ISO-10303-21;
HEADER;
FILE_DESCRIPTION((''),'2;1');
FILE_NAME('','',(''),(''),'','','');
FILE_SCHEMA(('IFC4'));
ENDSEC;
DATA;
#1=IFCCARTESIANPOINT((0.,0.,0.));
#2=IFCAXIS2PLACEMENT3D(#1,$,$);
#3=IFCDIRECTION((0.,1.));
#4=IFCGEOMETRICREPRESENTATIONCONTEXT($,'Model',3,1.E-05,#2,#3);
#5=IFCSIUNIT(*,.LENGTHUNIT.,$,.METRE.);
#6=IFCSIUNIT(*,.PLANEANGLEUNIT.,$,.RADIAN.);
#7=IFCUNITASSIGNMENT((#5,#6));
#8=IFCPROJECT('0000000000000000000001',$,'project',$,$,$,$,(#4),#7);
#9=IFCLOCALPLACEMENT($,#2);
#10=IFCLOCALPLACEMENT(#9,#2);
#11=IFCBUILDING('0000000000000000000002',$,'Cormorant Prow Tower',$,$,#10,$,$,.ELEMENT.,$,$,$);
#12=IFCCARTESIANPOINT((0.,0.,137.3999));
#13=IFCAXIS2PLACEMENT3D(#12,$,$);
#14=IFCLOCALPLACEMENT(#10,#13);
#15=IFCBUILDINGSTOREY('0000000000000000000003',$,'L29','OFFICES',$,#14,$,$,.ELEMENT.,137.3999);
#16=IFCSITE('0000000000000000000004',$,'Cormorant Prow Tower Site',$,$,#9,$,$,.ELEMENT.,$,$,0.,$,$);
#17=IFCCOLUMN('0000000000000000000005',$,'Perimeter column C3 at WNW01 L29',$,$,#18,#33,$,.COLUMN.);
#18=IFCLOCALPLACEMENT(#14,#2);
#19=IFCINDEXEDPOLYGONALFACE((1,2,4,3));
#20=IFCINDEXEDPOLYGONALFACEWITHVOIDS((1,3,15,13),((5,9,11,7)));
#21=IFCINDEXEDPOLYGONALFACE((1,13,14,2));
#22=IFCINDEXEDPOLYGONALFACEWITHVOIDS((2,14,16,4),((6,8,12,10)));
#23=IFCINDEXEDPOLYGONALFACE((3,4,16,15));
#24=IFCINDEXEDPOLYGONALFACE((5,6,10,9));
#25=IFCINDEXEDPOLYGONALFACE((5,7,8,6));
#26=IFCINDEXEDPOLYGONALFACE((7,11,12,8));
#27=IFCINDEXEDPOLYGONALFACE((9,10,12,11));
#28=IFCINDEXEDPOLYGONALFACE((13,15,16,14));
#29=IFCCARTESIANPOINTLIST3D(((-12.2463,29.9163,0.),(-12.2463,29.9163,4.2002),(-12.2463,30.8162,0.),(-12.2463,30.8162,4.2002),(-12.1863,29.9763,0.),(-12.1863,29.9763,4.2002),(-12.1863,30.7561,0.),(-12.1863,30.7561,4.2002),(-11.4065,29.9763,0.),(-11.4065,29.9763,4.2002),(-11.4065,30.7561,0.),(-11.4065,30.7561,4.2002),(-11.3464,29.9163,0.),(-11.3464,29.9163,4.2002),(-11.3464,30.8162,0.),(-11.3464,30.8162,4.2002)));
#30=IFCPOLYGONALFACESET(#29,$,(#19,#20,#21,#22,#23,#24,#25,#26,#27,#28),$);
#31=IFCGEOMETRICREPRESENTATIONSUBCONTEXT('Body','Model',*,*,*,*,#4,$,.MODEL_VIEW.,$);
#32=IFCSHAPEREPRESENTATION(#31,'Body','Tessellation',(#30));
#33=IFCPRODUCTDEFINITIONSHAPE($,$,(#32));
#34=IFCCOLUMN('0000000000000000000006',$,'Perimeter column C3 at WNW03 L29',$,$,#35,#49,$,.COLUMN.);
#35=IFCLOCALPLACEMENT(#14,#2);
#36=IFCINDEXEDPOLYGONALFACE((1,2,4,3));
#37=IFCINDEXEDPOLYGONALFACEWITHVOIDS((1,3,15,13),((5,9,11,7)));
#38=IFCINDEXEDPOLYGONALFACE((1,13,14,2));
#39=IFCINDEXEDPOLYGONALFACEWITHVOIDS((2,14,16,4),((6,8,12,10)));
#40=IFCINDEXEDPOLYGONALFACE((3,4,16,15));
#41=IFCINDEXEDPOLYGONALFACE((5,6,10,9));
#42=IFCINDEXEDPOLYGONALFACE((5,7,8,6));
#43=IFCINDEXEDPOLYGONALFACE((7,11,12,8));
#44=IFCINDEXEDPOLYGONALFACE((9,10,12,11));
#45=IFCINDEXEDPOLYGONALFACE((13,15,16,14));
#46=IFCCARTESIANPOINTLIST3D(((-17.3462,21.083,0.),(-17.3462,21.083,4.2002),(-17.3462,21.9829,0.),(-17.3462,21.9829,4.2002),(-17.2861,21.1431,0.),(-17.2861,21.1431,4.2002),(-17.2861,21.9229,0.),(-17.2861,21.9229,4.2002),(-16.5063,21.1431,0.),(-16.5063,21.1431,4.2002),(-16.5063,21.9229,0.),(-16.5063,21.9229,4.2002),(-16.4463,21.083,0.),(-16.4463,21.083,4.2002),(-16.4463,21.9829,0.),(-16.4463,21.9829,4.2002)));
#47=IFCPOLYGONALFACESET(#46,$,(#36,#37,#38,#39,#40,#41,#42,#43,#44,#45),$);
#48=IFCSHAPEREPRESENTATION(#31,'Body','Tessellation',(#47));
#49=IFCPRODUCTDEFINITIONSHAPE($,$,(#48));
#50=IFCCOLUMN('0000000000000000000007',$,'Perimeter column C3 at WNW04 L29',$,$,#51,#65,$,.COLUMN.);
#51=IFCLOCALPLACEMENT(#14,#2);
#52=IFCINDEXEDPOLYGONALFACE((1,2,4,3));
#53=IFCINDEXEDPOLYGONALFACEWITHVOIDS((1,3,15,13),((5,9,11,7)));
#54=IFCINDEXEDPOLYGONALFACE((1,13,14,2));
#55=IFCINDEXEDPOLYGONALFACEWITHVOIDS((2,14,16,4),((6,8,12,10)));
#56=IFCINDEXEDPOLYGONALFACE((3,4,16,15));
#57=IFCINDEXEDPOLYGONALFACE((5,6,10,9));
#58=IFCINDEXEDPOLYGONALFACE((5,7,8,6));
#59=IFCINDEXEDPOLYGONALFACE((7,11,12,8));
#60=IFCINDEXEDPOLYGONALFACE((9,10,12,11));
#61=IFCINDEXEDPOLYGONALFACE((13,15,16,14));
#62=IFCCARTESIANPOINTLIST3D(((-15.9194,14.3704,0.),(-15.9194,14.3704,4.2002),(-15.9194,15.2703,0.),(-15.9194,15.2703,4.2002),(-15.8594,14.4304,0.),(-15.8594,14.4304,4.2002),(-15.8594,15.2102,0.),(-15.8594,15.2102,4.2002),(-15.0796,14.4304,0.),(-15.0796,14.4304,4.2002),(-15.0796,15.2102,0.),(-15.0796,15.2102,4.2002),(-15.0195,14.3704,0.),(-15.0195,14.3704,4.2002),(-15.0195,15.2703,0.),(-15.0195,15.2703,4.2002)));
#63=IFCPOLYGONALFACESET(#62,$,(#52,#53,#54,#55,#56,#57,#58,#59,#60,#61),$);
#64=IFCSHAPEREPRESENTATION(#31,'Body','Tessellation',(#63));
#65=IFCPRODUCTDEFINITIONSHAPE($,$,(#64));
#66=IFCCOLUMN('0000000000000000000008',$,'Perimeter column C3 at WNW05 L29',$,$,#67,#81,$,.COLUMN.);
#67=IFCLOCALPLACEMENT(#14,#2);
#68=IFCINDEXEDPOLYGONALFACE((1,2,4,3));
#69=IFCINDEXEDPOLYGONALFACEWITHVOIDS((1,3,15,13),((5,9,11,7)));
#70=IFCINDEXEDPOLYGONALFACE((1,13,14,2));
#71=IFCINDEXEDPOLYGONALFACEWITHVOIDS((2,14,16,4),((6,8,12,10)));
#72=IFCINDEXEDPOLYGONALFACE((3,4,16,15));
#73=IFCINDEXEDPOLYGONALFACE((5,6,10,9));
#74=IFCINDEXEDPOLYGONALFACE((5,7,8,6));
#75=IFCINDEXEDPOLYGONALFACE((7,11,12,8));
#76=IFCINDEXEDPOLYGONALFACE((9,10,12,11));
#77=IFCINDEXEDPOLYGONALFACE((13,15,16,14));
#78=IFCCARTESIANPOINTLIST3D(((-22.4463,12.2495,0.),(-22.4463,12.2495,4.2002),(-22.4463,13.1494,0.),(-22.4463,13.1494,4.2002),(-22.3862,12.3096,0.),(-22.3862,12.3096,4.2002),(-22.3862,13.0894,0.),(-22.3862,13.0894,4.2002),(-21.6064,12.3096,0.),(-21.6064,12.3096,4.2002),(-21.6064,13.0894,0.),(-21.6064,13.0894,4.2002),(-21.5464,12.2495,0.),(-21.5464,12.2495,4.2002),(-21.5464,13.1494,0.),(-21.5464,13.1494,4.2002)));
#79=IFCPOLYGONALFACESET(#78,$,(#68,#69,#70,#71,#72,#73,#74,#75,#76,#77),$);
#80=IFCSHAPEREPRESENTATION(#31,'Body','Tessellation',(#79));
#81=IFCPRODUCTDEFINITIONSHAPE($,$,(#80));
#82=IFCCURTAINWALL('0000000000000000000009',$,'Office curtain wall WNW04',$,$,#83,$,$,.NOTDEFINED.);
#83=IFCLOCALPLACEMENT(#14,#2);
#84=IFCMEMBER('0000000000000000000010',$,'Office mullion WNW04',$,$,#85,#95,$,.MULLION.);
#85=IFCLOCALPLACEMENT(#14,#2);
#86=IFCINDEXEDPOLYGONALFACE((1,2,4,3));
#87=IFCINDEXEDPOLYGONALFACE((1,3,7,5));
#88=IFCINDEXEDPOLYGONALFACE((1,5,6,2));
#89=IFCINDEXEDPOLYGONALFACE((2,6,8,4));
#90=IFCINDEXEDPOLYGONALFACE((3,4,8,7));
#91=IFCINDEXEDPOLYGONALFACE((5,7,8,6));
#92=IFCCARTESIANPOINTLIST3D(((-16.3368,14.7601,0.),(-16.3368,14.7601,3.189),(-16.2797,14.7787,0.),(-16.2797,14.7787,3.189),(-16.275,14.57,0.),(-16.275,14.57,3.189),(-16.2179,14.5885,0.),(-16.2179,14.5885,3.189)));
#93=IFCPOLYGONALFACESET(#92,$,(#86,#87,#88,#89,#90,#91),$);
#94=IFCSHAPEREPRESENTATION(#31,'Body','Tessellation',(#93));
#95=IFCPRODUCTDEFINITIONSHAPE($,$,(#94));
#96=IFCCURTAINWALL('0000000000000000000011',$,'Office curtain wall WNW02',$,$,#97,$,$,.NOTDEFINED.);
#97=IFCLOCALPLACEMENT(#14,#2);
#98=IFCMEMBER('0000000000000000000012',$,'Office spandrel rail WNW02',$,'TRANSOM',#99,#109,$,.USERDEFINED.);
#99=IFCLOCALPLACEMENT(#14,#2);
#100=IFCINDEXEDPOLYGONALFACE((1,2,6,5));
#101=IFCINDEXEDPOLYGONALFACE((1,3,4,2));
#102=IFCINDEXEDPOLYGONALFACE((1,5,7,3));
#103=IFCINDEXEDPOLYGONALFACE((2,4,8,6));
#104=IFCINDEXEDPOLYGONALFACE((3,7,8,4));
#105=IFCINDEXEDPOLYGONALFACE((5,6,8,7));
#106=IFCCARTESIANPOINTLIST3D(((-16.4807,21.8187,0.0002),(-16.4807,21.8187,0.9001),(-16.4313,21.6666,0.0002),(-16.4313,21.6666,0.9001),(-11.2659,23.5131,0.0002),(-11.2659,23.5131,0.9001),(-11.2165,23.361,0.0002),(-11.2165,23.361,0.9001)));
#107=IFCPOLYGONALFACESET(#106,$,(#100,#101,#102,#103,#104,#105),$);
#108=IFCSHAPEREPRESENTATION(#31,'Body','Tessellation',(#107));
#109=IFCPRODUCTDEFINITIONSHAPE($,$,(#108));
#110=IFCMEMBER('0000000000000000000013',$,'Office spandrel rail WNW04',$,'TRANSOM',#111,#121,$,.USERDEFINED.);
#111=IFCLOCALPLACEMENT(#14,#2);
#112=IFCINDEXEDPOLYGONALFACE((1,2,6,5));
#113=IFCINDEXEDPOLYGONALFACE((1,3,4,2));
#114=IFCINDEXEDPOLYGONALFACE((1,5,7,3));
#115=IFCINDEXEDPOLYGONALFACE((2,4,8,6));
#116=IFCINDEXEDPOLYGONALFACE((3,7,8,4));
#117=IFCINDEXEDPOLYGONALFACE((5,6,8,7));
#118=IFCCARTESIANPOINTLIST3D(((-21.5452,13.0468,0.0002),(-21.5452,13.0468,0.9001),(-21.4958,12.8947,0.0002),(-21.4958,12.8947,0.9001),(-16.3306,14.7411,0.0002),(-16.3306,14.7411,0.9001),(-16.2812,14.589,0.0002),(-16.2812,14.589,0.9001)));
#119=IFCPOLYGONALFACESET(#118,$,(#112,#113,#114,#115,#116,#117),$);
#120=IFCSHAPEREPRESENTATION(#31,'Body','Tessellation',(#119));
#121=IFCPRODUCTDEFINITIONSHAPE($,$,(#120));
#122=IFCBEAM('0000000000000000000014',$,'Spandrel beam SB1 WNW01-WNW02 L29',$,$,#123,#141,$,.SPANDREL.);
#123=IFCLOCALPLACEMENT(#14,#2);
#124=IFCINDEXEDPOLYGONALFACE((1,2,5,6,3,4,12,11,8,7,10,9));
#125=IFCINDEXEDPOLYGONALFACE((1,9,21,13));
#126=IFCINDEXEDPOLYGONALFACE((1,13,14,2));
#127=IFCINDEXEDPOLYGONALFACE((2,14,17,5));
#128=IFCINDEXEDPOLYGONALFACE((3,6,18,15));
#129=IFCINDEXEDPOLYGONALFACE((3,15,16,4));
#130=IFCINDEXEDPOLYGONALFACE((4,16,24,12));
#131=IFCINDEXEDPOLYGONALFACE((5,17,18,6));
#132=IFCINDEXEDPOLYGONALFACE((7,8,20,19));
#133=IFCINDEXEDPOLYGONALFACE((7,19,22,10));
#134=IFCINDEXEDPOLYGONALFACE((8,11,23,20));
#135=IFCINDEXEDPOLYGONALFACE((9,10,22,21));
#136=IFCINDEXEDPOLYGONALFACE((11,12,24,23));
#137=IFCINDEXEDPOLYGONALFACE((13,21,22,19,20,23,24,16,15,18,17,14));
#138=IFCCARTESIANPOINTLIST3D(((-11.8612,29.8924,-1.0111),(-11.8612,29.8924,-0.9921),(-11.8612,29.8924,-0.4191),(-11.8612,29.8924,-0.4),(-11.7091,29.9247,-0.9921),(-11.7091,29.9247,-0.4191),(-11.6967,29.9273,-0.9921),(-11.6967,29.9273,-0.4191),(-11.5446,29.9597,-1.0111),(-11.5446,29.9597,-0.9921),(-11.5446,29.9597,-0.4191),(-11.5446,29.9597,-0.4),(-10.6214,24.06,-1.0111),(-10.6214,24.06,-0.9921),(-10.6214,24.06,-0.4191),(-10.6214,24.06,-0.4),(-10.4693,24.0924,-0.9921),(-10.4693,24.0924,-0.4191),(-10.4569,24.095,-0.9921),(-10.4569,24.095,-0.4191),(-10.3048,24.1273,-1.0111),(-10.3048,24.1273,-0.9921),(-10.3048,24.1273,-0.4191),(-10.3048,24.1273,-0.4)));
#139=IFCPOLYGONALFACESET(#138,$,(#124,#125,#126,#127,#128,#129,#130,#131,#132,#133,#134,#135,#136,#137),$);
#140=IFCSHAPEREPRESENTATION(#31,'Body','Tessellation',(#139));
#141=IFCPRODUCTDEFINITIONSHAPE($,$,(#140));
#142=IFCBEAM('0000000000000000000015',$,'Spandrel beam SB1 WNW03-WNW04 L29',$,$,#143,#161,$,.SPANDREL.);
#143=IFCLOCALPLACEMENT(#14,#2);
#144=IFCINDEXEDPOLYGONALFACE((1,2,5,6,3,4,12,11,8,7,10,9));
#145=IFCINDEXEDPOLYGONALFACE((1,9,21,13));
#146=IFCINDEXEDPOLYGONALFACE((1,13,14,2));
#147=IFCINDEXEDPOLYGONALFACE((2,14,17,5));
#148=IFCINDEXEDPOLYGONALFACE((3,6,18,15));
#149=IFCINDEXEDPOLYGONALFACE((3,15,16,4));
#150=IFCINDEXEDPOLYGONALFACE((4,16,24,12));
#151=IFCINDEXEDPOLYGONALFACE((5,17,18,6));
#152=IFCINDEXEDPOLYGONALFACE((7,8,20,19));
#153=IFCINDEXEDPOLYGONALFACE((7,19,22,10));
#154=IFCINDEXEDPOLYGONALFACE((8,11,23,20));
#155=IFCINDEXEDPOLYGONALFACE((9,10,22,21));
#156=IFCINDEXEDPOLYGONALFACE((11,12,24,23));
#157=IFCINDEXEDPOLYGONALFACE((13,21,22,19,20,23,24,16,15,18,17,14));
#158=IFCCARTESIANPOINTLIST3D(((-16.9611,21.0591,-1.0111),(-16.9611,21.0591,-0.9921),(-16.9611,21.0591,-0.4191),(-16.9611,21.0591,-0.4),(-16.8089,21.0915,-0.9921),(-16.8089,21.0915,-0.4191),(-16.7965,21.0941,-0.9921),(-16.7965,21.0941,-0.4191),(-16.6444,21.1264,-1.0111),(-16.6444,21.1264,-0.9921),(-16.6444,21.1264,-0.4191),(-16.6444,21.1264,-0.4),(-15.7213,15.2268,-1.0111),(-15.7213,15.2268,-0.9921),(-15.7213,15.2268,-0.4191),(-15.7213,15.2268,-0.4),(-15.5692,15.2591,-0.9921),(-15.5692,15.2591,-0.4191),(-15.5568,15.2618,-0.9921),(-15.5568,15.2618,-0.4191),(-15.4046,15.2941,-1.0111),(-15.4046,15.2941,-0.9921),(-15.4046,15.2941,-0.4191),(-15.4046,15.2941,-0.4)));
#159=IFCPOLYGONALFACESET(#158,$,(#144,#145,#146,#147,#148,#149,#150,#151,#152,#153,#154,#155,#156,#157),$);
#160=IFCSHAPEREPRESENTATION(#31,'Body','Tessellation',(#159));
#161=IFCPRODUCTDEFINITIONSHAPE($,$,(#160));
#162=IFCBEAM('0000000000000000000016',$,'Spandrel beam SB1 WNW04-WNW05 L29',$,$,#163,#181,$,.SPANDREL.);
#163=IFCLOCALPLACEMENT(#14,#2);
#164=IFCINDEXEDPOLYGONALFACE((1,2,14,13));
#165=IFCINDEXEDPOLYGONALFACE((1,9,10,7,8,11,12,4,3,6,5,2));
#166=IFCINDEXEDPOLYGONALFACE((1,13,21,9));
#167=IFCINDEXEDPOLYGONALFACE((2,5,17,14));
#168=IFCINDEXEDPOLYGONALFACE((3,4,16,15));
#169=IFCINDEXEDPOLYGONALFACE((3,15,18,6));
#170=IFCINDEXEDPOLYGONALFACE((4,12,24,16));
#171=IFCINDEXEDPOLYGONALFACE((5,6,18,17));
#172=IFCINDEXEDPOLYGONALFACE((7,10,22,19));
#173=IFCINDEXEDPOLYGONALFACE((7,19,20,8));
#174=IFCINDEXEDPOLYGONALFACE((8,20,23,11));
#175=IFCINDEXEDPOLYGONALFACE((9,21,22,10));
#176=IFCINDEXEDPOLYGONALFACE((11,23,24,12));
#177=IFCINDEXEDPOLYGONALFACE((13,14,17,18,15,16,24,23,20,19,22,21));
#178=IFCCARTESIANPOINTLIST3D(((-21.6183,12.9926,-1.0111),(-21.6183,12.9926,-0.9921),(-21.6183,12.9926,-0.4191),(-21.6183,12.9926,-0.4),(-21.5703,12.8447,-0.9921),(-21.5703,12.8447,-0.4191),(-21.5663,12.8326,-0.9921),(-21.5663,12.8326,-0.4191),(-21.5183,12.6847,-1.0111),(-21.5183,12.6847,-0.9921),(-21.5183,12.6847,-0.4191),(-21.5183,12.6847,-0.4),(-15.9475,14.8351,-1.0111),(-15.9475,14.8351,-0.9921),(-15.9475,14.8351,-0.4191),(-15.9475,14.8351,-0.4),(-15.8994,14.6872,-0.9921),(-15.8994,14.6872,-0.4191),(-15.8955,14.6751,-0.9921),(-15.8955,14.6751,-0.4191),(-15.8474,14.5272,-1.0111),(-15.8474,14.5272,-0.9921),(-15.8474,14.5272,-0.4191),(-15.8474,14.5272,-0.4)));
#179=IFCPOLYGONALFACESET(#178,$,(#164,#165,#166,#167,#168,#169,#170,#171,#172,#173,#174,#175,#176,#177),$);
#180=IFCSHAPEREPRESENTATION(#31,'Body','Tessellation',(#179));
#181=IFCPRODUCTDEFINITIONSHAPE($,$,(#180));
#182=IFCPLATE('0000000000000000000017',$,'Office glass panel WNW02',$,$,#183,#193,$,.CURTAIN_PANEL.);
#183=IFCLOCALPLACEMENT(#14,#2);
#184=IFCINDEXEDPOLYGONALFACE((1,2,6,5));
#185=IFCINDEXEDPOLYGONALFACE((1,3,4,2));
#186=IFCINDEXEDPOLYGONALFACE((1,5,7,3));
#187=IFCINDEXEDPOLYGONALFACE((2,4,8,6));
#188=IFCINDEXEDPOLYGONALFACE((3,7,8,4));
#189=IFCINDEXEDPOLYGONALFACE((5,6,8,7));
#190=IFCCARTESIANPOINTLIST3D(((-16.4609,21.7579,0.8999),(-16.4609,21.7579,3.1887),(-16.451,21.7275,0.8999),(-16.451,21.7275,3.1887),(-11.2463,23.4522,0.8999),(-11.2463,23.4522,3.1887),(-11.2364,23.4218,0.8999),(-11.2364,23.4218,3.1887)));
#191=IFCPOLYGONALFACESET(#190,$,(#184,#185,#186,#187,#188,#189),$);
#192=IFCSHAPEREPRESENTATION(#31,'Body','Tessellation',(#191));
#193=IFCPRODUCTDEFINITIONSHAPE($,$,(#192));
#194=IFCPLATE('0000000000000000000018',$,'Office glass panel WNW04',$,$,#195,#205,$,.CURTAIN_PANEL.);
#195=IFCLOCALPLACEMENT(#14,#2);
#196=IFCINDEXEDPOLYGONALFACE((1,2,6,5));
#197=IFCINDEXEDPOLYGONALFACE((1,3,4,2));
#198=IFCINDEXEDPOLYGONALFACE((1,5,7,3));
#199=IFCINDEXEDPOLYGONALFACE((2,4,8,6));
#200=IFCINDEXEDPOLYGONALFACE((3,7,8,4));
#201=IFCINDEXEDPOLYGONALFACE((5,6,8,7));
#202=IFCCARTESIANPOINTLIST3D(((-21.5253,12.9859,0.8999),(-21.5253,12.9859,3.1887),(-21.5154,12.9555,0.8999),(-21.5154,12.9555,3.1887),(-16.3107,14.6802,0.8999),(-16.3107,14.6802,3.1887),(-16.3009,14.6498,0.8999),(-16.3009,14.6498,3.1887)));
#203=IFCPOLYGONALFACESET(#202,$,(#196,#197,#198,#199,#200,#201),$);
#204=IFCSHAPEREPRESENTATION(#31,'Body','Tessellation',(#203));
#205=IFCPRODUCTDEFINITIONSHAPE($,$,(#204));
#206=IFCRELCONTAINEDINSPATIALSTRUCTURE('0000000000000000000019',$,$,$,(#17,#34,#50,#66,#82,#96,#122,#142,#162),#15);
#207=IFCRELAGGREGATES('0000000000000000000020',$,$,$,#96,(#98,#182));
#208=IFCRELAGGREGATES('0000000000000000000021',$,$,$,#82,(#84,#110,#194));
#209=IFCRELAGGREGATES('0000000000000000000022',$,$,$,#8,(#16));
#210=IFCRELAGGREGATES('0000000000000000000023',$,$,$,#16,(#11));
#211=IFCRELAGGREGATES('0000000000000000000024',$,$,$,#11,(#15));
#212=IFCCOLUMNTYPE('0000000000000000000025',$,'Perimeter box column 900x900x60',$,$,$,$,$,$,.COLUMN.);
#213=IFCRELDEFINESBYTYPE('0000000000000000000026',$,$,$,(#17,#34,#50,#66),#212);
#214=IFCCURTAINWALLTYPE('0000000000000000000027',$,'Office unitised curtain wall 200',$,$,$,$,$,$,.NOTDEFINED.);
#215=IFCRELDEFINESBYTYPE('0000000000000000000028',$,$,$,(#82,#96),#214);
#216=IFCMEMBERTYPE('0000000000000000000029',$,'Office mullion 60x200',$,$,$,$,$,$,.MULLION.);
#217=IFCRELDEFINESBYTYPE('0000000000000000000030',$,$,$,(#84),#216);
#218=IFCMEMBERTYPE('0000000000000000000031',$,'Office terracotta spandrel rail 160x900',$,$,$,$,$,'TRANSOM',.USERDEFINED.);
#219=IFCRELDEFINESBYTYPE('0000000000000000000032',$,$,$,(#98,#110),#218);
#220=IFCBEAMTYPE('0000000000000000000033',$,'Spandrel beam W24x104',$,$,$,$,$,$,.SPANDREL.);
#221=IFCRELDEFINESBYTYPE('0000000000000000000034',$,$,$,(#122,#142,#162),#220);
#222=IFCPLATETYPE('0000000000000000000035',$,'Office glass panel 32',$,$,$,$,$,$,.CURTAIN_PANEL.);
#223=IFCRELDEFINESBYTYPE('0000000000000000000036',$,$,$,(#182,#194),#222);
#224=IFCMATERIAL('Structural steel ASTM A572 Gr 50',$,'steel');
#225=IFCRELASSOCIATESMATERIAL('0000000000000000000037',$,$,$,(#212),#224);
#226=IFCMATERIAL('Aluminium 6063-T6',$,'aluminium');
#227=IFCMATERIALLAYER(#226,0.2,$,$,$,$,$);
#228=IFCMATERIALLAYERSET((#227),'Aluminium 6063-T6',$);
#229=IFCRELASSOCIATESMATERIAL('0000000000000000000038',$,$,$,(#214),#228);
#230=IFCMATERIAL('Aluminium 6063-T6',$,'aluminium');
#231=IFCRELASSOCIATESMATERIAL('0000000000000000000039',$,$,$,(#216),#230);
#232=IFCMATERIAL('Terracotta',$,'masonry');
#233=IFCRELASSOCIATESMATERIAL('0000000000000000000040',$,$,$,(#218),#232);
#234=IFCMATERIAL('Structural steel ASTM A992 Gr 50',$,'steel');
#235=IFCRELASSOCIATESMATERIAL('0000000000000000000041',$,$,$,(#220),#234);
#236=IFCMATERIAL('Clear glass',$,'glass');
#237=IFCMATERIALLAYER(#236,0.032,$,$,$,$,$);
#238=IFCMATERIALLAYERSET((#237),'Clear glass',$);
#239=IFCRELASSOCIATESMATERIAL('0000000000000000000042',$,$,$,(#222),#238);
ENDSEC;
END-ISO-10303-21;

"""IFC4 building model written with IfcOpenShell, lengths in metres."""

from ifc_helpers import new_model, si_unit, direction, frame, origin, origin_2d, place, context, subcontext, project, spatial, rectangle, hollow_rectangle, i_section, extrude, material, layer, layer_set, material_profile, profile_set, type_object, element, aggregate, save


model = new_model("IFC4")

# Units and contexts
model_context = context("Model", 3, precision=1e-05, world=origin(), true_north=direction((0.0, 1.0)))
body_context = subcontext(model_context, "Body", "Model", "MODEL_VIEW")
ifc_project = project(units=[si_unit("LENGTHUNIT", "METRE"), si_unit("PLANEANGLEUNIT", "RADIAN")], contexts=[model_context])

# Site, building, storey
site_placement = place(None, origin())
site = spatial("IfcSite", under=ifc_project, at=site_placement, Name="Cormorant Prow Tower Site", CompositionType="ELEMENT", RefElevation=0.0)
building_placement = place(site_placement, origin())
building = spatial("IfcBuilding", under=site, at=building_placement, Name="Cormorant Prow Tower", CompositionType="ELEMENT")
storey_placement = place(building_placement, frame((0.0, 0.0, 137.3999)))
storey = spatial("IfcBuildingStorey", under=building, at=storey_placement, Name="L29", Description="OFFICES", CompositionType="ELEMENT", Elevation=137.3999)

# Columns
ifc_material_1 = material(Name="Structural steel ASTM A572 Gr 50", Category="steel")
ifc_material_profile_1 = material_profile(ifc_material_1, hollow_rectangle(XDim=0.8999, YDim=0.8999, WallThickness=0.0601, at=origin_2d()), Name="Box 900x900x60")
ifc_profile_set_1 = profile_set([ifc_material_profile_1], Name="Structural steel ASTM A572 Gr 50")
column_type = type_object("IfcColumnType", Name="Perimeter box column 900x900x60", PredefinedType="COLUMN", material=ifc_profile_set_1)
for number, where, z_axis, x_axis, name in (
    (1, (-11.7964, 30.3662, 0.0), (0.0, 0.0, 1.0), (1.0, 0.0, 0.0), "Perimeter column C3 at WNW01 L29"),
    (2, (-16.8962, 21.533, 0.0), (0.0, 0.0, 1.0), (1.0, 0.0, 0.0), "Perimeter column C3 at WNW03 L29"),
    (3, (-15.4695, 14.8203, 0.0), (0.0, 0.0, 1.0), (1.0, 0.0, 0.0), "Perimeter column C3 at WNW04 L29"),
    (4, (-21.9963, 12.6995, 0.0), (0.0, 0.0, 1.0), (1.0, 0.0, 0.0), "Perimeter column C3 at WNW05 L29"),
):
    element("IfcColumn", number, at=place(storey_placement, frame(where, z_axis=z_axis, x_axis=x_axis)), inside=storey, type_object=column_type, Name=name, PredefinedType="COLUMN", context=body_context, shape_type="SweptSolid", body=[
        extrude(hollow_rectangle(XDim=0.8999, YDim=0.8999, WallThickness=0.0601, at=origin_2d()), origin(), (0.0, 0.0, 1.0), 4.2002),
    ])

# Curtain walls, members
ifc_material_2 = material(Name="Aluminium 6063-T6", Category="aluminium")
ifc_layer_1 = layer(ifc_material_2, 0.2)
ifc_layer_set_1 = layer_set([ifc_layer_1], Name="Aluminium 6063-T6")
curtain_wall_type = type_object("IfcCurtainWallType", Name="Office unitised curtain wall 200", PredefinedType="NOTDEFINED", material=ifc_layer_set_1)
curtain_wall_1_placement = place(storey_placement, origin())
curtain_wall_1 = element("IfcCurtainWall", 5, at=curtain_wall_1_placement, inside=storey, type_object=curtain_wall_type, Name="Office curtain wall WNW04", PredefinedType="NOTDEFINED")
ifc_material_3 = material(Name="Aluminium 6063-T6", Category="aluminium")
ifc_material_profile_2 = material_profile(ifc_material_3, rectangle(XDim=0.2, YDim=0.0601, at=origin_2d()), Name="Office mullion 60x200")
ifc_profile_set_2 = profile_set([ifc_material_profile_2], Name="Aluminium 6063-T6")
member_type_1 = type_object("IfcMemberType", Name="Office mullion 60x200", PredefinedType="MULLION", material=ifc_profile_set_2)
member_1_placement = place(storey_placement, frame((-16.2773, 14.6743, 0.0), z_axis=(0.0, 0.0, 1.0), x_axis=(0.309017, -0.951057, 0.0)))
member_1 = element("IfcMember", 6, at=member_1_placement, type_object=member_type_1, Name="Office mullion WNW04", PredefinedType="MULLION", context=body_context, shape_type="SweptSolid", body=[
    extrude(rectangle(XDim=0.2, YDim=0.0601, at=origin_2d()), origin(), (0.0, 0.0, 1.0), 3.189),
])
curtain_wall_2_placement = place(storey_placement, origin())
curtain_wall_2 = element("IfcCurtainWall", 7, at=curtain_wall_2_placement, inside=storey, type_object=curtain_wall_type, Name="Office curtain wall WNW02", PredefinedType="NOTDEFINED")
ifc_material_4 = material(Name="Terracotta", Category="masonry")
ifc_material_profile_3 = material_profile(ifc_material_4, rectangle(XDim=0.1599, YDim=0.8999, at=origin_2d()), Name="Office terracotta spandrel rail 160x900")
ifc_profile_set_3 = profile_set([ifc_material_profile_3], Name="Terracotta")
member_type_2 = type_object("IfcMemberType", Name="Office terracotta spandrel rail 160x900", ElementType="TRANSOM", PredefinedType="USERDEFINED", material=ifc_profile_set_3)
member_2_placement = place(storey_placement, frame((-11.2412, 23.437, 0.4502), z_axis=(-0.95106, -0.309006, 0.0), x_axis=(0.309006, -0.95106, 0.0)))
member_2 = element("IfcMember", 8, at=member_2_placement, type_object=member_type_2, Name="Office spandrel rail WNW02", ObjectType="TRANSOM", PredefinedType="USERDEFINED", context=body_context, shape_type="SweptSolid", body=[
    extrude(rectangle(XDim=0.1599, YDim=0.8999, at=origin_2d()), origin(), (0.0, 0.0, 1.0), 5.4832),
])

# Member
member_3_placement = place(storey_placement, frame((-16.3059, 14.665, 0.4502), z_axis=(-0.951056, -0.309019, 0.0), x_axis=(0.309019, -0.951056, 0.0)))
member_3 = element("IfcMember", 9, at=member_3_placement, type_object=member_type_2, Name="Office spandrel rail WNW04", ObjectType="TRANSOM", PredefinedType="USERDEFINED", context=body_context, shape_type="SweptSolid", body=[
    extrude(rectangle(XDim=0.1599, YDim=0.8999, at=origin_2d()), origin(), (0.0, 0.0, 1.0), 5.4829),
])

# Beams
ifc_material_5 = material(Name="Structural steel ASTM A992 Gr 50", Category="steel")
ifc_material_profile_4 = material_profile(ifc_material_5, i_section(OverallWidth=0.3237, OverallDepth=0.6111, WebThickness=0.0127, FlangeThickness=0.019, at=origin_2d()), Name="W24x104")
ifc_profile_set_4 = profile_set([ifc_material_profile_4], Name="Structural steel ASTM A992 Gr 50")
beam_type = type_object("IfcBeamType", Name="Spandrel beam W24x104", PredefinedType="SPANDREL", material=ifc_profile_set_4)
for number, where, z_axis, x_axis, name in (
    (10, (-11.7029, 29.926, -0.7056), (0.207921, -0.978146, 0.0), (0.978146, 0.207921, 0.0), "Spandrel beam SB1 WNW01-WNW02 L29"),
    (11, (-16.8027, 21.0928, -0.7056), (0.207921, -0.978146, 0.0), (0.978146, 0.207921, 0.0), "Spandrel beam SB1 WNW03-WNW04 L29"),
    (12, (-15.8975, 14.6812, -0.7056), (-0.951059, -0.309008, 0.0), (0.309008, -0.951059, 0.0), "Spandrel beam SB1 WNW04-WNW05 L29"),
):
    element("IfcBeam", number, at=place(storey_placement, frame(where, z_axis=z_axis, x_axis=x_axis)), inside=storey, type_object=beam_type, Name=name, PredefinedType="SPANDREL", context=body_context, shape_type="SweptSolid", body=[
        extrude(i_section(OverallWidth=0.3237, OverallDepth=0.6111, WebThickness=0.0127, FlangeThickness=0.019, at=origin_2d()), origin(), (0.0, 0.0, 1.0), 5.9626),
    ])

# Plates
ifc_material_6 = material(Name="Clear glass", Category="glass")
ifc_layer_2 = layer(ifc_material_6, 0.032)
ifc_layer_set_2 = layer_set([ifc_layer_2], Name="Clear glass")
plate_type = type_object("IfcPlateType", Name="Office glass panel 32", PredefinedType="CURTAIN_PANEL", material=ifc_layer_set_2)
plate_1_placement = place(storey_placement, frame((-13.8486, 22.5898, 0.8999), z_axis=(0.0, 0.0, 1.0), x_axis=(-0.951057, -0.309017, 0.0)))
plate_1 = element("IfcPlate", 13, at=plate_1_placement, type_object=plate_type, Name="Office glass panel WNW02", PredefinedType="CURTAIN_PANEL", context=body_context, shape_type="SweptSolid", body=[
    extrude(rectangle(XDim=5.4829, YDim=0.032, at=origin_2d()), origin(), (0.0, 0.0, 1.0), 2.2888),
])
aggregate(curtain_wall_2, [member_2, plate_1])
plate_2_placement = place(storey_placement, frame((-18.9131, 13.8179, 0.8999), z_axis=(0.0, 0.0, 1.0), x_axis=(-0.951057, -0.309017, 0.0)))
plate_2 = element("IfcPlate", 14, at=plate_2_placement, type_object=plate_type, Name="Office glass panel WNW04", PredefinedType="CURTAIN_PANEL", context=body_context, shape_type="SweptSolid", body=[
    extrude(rectangle(XDim=5.4829, YDim=0.032, at=origin_2d()), origin(), (0.0, 0.0, 1.0), 2.2888),
])
aggregate(curtain_wall_1, [member_1, member_3, plate_2])

save(model, "model.ifc")
